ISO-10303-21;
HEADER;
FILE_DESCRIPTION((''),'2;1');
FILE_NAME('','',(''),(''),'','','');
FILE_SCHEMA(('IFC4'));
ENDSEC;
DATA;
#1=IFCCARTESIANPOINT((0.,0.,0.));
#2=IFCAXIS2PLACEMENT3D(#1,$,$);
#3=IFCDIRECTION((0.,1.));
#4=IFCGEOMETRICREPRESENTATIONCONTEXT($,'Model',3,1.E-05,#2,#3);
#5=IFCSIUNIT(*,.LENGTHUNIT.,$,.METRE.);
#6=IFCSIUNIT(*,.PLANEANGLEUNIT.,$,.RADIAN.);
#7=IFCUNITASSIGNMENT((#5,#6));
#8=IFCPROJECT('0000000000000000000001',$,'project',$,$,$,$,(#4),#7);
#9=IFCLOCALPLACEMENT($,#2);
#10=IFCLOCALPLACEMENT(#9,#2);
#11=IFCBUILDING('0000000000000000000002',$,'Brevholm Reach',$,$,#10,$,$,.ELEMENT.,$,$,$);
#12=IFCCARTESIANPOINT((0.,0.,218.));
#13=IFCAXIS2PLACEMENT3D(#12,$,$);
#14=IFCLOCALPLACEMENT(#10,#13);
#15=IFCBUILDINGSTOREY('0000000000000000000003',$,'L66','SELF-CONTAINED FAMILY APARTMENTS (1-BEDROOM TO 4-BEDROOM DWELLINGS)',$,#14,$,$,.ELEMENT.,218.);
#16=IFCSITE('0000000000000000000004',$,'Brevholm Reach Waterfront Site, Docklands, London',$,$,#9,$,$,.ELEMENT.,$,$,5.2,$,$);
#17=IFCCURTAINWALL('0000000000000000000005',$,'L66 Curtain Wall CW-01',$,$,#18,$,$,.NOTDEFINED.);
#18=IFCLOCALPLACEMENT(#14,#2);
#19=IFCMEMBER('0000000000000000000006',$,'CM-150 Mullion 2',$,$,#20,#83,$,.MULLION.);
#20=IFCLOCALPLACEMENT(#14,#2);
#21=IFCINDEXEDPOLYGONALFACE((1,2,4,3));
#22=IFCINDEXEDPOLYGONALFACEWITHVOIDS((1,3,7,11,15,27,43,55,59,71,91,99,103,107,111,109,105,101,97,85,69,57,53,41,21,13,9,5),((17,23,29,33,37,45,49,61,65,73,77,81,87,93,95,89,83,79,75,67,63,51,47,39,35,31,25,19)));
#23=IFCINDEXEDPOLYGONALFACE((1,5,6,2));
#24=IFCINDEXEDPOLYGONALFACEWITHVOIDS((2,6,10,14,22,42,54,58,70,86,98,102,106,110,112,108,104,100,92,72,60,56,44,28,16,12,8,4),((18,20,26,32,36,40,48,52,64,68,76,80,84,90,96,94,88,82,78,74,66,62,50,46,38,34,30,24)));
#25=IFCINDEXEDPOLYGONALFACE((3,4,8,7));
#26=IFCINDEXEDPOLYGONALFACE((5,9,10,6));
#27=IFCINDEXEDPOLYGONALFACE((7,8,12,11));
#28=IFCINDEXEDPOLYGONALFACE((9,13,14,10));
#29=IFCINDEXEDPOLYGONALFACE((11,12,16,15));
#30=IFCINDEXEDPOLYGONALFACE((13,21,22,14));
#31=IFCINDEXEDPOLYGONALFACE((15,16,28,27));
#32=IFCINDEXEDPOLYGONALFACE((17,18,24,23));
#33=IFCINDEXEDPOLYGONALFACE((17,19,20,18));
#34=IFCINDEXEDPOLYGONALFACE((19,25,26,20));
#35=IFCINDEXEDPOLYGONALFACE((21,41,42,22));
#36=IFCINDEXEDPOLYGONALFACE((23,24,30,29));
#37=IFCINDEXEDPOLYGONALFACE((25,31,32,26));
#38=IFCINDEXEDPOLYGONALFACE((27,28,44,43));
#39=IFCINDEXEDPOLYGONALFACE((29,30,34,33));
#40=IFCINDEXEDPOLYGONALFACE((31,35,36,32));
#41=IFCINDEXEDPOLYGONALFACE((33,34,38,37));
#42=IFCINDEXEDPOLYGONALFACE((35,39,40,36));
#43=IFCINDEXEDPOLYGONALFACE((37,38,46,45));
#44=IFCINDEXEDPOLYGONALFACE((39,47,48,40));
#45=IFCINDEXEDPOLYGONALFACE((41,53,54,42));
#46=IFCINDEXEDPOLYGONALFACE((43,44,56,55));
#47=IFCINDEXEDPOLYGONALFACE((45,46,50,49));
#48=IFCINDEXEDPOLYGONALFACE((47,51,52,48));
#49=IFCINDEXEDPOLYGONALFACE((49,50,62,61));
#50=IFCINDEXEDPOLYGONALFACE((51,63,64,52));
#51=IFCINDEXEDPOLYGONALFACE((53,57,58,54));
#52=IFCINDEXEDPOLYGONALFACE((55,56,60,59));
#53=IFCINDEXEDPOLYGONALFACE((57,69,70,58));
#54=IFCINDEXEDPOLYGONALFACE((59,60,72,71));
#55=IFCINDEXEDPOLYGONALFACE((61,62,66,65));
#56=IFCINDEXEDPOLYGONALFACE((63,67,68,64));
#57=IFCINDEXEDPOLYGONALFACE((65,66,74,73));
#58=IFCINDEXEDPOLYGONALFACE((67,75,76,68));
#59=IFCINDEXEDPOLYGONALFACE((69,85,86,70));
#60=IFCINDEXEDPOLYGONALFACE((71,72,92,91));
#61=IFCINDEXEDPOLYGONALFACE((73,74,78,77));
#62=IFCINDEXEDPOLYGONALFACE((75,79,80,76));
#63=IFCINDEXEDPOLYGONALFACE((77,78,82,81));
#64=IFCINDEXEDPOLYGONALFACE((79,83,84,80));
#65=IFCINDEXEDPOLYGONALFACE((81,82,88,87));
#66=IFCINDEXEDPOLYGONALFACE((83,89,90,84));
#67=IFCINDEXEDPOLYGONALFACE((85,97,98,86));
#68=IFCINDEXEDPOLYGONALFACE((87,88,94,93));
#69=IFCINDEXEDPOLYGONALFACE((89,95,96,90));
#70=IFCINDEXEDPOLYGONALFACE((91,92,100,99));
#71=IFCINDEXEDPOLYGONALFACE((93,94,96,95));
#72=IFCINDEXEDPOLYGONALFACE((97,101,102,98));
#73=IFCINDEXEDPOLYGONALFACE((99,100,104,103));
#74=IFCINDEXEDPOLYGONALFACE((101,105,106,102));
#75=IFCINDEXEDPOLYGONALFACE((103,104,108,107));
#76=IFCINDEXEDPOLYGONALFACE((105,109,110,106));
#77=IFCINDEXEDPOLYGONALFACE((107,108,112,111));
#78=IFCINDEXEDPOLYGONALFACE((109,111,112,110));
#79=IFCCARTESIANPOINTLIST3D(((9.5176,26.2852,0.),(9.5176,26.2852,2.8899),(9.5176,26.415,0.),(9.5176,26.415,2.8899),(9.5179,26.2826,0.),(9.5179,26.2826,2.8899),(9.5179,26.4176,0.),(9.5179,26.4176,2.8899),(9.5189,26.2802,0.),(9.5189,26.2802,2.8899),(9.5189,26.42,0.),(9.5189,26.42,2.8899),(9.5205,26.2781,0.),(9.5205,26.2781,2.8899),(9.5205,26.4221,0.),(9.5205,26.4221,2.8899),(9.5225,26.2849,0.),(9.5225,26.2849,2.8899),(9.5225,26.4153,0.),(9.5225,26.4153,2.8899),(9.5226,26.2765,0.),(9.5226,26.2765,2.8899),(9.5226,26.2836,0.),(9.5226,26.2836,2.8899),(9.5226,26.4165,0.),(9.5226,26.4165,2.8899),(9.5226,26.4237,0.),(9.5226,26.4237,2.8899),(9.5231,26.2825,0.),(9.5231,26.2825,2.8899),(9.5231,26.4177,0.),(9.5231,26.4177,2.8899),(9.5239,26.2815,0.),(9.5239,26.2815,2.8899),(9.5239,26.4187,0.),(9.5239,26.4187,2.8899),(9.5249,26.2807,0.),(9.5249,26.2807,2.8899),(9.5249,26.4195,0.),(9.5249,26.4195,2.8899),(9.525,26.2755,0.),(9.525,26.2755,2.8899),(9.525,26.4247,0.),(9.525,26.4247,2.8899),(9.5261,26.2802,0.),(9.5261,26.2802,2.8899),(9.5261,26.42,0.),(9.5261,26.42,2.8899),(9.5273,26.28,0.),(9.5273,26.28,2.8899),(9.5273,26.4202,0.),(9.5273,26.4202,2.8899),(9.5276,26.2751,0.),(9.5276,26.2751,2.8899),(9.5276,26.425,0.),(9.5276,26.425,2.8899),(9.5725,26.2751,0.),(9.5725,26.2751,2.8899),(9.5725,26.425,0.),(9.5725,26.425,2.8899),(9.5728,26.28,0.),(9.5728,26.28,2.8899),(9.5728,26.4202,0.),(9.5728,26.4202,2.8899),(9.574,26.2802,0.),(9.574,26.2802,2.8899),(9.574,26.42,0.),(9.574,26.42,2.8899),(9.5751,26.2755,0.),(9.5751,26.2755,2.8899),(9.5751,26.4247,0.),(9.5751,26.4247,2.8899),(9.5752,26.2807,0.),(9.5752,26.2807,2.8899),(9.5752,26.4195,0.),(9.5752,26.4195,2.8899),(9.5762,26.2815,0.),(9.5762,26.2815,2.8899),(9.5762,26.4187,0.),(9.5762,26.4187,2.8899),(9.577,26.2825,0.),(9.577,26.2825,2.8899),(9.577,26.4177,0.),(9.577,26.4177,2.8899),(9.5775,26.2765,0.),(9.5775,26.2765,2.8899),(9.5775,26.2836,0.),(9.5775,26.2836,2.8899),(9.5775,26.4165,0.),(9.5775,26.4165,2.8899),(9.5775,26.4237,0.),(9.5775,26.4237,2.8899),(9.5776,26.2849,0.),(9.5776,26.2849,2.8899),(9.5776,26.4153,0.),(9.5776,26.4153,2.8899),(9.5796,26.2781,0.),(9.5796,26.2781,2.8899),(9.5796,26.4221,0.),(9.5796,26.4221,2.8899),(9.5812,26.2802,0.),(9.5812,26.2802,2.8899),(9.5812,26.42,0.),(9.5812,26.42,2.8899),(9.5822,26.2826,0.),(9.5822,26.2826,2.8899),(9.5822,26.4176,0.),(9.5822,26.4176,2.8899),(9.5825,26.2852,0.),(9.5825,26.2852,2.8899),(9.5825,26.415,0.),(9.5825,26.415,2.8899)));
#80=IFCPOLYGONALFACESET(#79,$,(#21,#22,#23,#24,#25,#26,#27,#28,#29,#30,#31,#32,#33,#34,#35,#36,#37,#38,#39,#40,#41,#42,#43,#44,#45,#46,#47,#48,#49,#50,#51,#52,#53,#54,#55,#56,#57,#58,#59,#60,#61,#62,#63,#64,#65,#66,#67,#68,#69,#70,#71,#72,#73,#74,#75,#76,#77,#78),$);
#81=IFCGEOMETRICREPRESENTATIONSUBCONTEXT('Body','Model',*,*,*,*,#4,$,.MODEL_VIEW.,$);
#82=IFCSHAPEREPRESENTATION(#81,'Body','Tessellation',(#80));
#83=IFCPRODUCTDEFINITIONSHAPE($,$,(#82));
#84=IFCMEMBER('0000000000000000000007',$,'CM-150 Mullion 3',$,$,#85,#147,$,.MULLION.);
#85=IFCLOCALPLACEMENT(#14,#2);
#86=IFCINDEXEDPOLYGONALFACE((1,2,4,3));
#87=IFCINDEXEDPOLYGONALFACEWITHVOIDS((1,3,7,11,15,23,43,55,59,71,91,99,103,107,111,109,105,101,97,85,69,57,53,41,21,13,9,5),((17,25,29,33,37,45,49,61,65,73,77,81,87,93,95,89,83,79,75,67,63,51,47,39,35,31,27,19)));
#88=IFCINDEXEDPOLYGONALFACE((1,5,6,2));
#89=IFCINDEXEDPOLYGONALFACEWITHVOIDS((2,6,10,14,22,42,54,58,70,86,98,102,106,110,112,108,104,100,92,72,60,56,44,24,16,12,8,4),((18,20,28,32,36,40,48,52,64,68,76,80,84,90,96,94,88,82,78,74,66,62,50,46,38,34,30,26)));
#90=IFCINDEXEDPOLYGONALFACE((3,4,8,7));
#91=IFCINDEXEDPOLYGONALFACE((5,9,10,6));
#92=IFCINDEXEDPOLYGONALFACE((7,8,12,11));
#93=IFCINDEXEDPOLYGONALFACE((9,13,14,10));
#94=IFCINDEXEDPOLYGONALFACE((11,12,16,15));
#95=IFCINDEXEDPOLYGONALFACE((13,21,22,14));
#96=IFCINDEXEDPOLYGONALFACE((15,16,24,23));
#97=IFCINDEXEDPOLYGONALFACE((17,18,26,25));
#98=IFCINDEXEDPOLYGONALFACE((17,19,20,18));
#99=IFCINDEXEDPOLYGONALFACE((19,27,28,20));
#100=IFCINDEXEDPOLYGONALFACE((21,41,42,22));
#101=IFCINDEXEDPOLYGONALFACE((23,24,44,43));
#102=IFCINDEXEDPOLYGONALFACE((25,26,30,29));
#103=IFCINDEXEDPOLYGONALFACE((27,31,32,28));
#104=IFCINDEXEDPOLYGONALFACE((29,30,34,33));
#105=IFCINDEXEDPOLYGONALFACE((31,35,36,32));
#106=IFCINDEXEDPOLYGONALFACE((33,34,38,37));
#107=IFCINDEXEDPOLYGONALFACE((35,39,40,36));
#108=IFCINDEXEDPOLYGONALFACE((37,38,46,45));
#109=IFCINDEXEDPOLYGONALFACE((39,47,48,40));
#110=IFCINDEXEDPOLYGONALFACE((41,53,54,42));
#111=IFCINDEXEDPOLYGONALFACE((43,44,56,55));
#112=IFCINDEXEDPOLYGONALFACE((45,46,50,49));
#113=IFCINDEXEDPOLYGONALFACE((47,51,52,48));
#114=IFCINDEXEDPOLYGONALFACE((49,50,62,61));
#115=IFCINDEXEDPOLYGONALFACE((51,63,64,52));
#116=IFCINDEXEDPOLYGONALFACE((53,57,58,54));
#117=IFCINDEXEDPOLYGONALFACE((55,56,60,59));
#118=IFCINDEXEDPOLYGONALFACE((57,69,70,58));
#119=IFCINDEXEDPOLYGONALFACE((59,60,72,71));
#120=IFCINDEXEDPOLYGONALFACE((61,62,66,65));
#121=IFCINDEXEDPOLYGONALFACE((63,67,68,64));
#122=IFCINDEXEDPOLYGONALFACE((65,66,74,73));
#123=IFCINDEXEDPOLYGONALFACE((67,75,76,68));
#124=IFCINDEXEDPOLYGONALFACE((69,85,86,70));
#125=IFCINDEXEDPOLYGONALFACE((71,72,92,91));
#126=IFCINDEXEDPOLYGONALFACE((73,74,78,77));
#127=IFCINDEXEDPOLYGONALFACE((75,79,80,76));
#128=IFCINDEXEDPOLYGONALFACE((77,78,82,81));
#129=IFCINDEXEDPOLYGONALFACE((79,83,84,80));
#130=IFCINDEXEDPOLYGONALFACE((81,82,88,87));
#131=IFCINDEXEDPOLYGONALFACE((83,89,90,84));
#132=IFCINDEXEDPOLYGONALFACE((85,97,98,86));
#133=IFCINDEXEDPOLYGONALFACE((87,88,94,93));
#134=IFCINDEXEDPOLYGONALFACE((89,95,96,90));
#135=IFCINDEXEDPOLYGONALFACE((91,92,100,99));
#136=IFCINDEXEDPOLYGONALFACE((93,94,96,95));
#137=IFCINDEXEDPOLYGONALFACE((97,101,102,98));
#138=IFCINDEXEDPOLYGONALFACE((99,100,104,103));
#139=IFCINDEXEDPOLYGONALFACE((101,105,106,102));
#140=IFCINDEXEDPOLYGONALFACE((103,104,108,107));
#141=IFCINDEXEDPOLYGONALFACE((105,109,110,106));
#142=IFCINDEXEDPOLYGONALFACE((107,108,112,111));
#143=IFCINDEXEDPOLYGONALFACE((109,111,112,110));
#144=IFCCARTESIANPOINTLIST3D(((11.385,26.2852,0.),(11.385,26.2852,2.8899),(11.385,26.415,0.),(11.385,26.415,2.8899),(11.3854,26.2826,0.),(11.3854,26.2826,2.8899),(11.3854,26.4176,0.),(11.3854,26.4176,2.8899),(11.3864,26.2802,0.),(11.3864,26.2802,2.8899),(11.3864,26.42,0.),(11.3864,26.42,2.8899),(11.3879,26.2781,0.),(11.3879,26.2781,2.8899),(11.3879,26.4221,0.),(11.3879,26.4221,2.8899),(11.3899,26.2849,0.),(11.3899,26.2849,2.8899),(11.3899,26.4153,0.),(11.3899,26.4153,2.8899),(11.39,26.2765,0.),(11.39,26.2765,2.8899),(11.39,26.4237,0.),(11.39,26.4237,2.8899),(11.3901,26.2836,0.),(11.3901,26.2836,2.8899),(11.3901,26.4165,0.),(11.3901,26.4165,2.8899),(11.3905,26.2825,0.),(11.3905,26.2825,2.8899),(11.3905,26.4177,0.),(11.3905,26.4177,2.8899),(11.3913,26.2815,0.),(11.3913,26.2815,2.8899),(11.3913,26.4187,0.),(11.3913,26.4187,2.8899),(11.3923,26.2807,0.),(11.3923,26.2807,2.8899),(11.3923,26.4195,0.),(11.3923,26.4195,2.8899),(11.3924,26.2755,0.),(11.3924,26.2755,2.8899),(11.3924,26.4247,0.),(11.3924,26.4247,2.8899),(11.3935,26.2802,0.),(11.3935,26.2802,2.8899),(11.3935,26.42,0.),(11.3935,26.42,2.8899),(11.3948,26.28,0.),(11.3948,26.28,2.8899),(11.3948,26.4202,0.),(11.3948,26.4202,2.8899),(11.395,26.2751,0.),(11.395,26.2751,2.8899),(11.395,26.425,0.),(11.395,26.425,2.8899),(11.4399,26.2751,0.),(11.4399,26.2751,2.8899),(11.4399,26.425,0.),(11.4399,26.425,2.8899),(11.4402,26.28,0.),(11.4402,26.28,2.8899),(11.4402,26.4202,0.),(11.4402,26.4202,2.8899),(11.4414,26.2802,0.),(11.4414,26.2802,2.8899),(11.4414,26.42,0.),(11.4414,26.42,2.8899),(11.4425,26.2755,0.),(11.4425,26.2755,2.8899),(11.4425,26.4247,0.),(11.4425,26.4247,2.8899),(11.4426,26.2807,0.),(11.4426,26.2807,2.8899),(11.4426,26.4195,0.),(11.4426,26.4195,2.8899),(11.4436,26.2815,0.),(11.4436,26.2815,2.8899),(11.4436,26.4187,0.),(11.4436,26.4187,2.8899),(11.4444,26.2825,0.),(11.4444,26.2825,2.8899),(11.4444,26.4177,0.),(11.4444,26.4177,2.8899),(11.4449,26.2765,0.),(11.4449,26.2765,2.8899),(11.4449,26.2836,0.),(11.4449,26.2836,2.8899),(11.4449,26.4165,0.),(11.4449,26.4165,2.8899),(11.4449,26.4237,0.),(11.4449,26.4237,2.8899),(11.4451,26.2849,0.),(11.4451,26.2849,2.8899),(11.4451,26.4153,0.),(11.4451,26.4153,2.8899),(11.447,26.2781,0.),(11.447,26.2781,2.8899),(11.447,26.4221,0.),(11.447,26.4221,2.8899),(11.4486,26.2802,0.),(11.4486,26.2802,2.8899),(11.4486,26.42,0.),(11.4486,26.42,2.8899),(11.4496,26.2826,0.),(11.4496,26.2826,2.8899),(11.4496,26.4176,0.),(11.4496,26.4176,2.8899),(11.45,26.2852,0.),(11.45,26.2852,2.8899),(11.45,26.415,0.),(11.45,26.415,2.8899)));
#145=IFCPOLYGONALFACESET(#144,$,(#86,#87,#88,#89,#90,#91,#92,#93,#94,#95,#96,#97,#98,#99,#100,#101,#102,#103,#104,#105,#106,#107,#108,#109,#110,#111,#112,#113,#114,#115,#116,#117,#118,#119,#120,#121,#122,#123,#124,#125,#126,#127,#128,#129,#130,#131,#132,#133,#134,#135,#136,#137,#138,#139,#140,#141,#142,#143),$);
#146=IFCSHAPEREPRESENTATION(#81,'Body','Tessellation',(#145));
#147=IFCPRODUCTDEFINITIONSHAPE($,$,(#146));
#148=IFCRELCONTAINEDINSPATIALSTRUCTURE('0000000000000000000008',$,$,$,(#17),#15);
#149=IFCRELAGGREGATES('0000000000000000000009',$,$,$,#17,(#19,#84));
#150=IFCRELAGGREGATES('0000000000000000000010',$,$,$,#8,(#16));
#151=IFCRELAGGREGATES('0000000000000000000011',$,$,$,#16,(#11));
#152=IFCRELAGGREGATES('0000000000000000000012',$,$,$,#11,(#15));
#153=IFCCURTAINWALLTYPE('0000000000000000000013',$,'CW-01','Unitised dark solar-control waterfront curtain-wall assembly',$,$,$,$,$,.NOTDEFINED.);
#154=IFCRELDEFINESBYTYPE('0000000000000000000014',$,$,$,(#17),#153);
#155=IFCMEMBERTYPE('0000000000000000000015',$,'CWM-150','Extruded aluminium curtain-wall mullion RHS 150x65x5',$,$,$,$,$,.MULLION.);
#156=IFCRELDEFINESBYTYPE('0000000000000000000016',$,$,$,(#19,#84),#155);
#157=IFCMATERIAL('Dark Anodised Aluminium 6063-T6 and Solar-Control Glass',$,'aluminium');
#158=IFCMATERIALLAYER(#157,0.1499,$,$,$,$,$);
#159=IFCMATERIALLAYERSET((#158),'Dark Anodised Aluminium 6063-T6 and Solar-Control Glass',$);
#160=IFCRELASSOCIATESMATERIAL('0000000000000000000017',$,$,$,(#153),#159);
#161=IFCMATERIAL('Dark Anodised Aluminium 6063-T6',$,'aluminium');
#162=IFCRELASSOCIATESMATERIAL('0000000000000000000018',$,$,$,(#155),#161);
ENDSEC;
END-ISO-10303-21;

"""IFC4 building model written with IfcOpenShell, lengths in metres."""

from ifc_helpers import new_model, si_unit, direction, frame, origin, origin_2d, place, context, subcontext, project, spatial, hollow_rectangle, extrude, material, layer, layer_set, material_profile, profile_set, type_object, element, aggregate, save


model = new_model("IFC4")

# Units and contexts
model_context = context("Model", 3, precision=1e-05, world=origin(), true_north=direction((0.0, 1.0)))
body_context = subcontext(model_context, "Body", "Model", "MODEL_VIEW")
ifc_project = project(units=[si_unit("LENGTHUNIT", "METRE"), si_unit("PLANEANGLEUNIT", "RADIAN")], contexts=[model_context])

# Site, building, storey
site_placement = place(None, origin())
site = spatial("IfcSite", under=ifc_project, at=site_placement, Name="Brevholm Reach Waterfront Site, Docklands, London", CompositionType="ELEMENT", RefElevation=5.2)
building_placement = place(site_placement, origin())
building = spatial("IfcBuilding", under=site, at=building_placement, Name="Brevholm Reach", CompositionType="ELEMENT")
storey_placement = place(building_placement, frame((0.0, 0.0, 218.0)))
storey = spatial("IfcBuildingStorey", under=building, at=storey_placement, Name="L66", Description="SELF-CONTAINED FAMILY APARTMENTS (1-BEDROOM TO 4-BEDROOM DWELLINGS)", CompositionType="ELEMENT", Elevation=218.0)

# Curtain wall, members
ifc_material_1 = material(Name="Dark Anodised Aluminium 6063-T6 and Solar-Control Glass", Category="aluminium")
ifc_layer_1 = layer(ifc_material_1, 0.1499)
ifc_layer_set_1 = layer_set([ifc_layer_1], Name="Dark Anodised Aluminium 6063-T6 and Solar-Control Glass")
curtain_wall_type = type_object("IfcCurtainWallType", Name="CW-01", Description="Unitised dark solar-control waterfront curtain-wall assembly", PredefinedType="NOTDEFINED", material=ifc_layer_set_1)
curtain_wall_placement = place(storey_placement, origin())
curtain_wall = element("IfcCurtainWall", 1, at=curtain_wall_placement, inside=storey, type_object=curtain_wall_type, Name="L66 Curtain Wall CW-01", PredefinedType="NOTDEFINED")
ifc_material_2 = material(Name="Dark Anodised Aluminium 6063-T6", Category="aluminium")
ifc_material_profile_1 = material_profile(ifc_material_2, hollow_rectangle(XDim=0.0649, YDim=0.1499, WallThickness=0.0049, InnerFilletRadius=0.0049, OuterFilletRadius=0.01, at=origin_2d()), Name="RHS 150x65x5")
ifc_profile_set_1 = profile_set([ifc_material_profile_1], Name="Dark Anodised Aluminium 6063-T6")
member_type_1 = type_object("IfcMemberType", Name="CWM-150", Description="Extruded aluminium curtain-wall mullion RHS 150x65x5", PredefinedType="MULLION", material=ifc_profile_set_1)
member_1_placement = place(storey_placement, frame((9.55, 26.3501, 0.0), z_axis=(0.0, 0.0, 1.0), x_axis=(1.0, 0.0, 0.0)))
member_1 = element("IfcMember", 2, at=member_1_placement, type_object=member_type_1, Name="CM-150 Mullion 2", PredefinedType="MULLION", context=body_context, shape_type="SweptSolid", body=[
    extrude(hollow_rectangle(XDim=0.0649, YDim=0.1499, WallThickness=0.0049, InnerFilletRadius=0.0049, OuterFilletRadius=0.01, at=origin_2d()), origin(), (0.0, 0.0, 1.0), 2.8899),
])
member_2_placement = place(storey_placement, frame((11.4175, 26.3501, 0.0), z_axis=(0.0, 0.0, 1.0), x_axis=(1.0, 0.0, 0.0)))
member_2 = element("IfcMember", 3, at=member_2_placement, type_object=member_type_1, Name="CM-150 Mullion 3", PredefinedType="MULLION", context=body_context, shape_type="SweptSolid", body=[
    extrude(hollow_rectangle(XDim=0.0649, YDim=0.1499, WallThickness=0.0049, InnerFilletRadius=0.0049, OuterFilletRadius=0.01, at=origin_2d()), origin(), (0.0, 0.0, 1.0), 2.8899),
])
aggregate(curtain_wall, [member_1, member_2])

save(model, "model.ifc")
